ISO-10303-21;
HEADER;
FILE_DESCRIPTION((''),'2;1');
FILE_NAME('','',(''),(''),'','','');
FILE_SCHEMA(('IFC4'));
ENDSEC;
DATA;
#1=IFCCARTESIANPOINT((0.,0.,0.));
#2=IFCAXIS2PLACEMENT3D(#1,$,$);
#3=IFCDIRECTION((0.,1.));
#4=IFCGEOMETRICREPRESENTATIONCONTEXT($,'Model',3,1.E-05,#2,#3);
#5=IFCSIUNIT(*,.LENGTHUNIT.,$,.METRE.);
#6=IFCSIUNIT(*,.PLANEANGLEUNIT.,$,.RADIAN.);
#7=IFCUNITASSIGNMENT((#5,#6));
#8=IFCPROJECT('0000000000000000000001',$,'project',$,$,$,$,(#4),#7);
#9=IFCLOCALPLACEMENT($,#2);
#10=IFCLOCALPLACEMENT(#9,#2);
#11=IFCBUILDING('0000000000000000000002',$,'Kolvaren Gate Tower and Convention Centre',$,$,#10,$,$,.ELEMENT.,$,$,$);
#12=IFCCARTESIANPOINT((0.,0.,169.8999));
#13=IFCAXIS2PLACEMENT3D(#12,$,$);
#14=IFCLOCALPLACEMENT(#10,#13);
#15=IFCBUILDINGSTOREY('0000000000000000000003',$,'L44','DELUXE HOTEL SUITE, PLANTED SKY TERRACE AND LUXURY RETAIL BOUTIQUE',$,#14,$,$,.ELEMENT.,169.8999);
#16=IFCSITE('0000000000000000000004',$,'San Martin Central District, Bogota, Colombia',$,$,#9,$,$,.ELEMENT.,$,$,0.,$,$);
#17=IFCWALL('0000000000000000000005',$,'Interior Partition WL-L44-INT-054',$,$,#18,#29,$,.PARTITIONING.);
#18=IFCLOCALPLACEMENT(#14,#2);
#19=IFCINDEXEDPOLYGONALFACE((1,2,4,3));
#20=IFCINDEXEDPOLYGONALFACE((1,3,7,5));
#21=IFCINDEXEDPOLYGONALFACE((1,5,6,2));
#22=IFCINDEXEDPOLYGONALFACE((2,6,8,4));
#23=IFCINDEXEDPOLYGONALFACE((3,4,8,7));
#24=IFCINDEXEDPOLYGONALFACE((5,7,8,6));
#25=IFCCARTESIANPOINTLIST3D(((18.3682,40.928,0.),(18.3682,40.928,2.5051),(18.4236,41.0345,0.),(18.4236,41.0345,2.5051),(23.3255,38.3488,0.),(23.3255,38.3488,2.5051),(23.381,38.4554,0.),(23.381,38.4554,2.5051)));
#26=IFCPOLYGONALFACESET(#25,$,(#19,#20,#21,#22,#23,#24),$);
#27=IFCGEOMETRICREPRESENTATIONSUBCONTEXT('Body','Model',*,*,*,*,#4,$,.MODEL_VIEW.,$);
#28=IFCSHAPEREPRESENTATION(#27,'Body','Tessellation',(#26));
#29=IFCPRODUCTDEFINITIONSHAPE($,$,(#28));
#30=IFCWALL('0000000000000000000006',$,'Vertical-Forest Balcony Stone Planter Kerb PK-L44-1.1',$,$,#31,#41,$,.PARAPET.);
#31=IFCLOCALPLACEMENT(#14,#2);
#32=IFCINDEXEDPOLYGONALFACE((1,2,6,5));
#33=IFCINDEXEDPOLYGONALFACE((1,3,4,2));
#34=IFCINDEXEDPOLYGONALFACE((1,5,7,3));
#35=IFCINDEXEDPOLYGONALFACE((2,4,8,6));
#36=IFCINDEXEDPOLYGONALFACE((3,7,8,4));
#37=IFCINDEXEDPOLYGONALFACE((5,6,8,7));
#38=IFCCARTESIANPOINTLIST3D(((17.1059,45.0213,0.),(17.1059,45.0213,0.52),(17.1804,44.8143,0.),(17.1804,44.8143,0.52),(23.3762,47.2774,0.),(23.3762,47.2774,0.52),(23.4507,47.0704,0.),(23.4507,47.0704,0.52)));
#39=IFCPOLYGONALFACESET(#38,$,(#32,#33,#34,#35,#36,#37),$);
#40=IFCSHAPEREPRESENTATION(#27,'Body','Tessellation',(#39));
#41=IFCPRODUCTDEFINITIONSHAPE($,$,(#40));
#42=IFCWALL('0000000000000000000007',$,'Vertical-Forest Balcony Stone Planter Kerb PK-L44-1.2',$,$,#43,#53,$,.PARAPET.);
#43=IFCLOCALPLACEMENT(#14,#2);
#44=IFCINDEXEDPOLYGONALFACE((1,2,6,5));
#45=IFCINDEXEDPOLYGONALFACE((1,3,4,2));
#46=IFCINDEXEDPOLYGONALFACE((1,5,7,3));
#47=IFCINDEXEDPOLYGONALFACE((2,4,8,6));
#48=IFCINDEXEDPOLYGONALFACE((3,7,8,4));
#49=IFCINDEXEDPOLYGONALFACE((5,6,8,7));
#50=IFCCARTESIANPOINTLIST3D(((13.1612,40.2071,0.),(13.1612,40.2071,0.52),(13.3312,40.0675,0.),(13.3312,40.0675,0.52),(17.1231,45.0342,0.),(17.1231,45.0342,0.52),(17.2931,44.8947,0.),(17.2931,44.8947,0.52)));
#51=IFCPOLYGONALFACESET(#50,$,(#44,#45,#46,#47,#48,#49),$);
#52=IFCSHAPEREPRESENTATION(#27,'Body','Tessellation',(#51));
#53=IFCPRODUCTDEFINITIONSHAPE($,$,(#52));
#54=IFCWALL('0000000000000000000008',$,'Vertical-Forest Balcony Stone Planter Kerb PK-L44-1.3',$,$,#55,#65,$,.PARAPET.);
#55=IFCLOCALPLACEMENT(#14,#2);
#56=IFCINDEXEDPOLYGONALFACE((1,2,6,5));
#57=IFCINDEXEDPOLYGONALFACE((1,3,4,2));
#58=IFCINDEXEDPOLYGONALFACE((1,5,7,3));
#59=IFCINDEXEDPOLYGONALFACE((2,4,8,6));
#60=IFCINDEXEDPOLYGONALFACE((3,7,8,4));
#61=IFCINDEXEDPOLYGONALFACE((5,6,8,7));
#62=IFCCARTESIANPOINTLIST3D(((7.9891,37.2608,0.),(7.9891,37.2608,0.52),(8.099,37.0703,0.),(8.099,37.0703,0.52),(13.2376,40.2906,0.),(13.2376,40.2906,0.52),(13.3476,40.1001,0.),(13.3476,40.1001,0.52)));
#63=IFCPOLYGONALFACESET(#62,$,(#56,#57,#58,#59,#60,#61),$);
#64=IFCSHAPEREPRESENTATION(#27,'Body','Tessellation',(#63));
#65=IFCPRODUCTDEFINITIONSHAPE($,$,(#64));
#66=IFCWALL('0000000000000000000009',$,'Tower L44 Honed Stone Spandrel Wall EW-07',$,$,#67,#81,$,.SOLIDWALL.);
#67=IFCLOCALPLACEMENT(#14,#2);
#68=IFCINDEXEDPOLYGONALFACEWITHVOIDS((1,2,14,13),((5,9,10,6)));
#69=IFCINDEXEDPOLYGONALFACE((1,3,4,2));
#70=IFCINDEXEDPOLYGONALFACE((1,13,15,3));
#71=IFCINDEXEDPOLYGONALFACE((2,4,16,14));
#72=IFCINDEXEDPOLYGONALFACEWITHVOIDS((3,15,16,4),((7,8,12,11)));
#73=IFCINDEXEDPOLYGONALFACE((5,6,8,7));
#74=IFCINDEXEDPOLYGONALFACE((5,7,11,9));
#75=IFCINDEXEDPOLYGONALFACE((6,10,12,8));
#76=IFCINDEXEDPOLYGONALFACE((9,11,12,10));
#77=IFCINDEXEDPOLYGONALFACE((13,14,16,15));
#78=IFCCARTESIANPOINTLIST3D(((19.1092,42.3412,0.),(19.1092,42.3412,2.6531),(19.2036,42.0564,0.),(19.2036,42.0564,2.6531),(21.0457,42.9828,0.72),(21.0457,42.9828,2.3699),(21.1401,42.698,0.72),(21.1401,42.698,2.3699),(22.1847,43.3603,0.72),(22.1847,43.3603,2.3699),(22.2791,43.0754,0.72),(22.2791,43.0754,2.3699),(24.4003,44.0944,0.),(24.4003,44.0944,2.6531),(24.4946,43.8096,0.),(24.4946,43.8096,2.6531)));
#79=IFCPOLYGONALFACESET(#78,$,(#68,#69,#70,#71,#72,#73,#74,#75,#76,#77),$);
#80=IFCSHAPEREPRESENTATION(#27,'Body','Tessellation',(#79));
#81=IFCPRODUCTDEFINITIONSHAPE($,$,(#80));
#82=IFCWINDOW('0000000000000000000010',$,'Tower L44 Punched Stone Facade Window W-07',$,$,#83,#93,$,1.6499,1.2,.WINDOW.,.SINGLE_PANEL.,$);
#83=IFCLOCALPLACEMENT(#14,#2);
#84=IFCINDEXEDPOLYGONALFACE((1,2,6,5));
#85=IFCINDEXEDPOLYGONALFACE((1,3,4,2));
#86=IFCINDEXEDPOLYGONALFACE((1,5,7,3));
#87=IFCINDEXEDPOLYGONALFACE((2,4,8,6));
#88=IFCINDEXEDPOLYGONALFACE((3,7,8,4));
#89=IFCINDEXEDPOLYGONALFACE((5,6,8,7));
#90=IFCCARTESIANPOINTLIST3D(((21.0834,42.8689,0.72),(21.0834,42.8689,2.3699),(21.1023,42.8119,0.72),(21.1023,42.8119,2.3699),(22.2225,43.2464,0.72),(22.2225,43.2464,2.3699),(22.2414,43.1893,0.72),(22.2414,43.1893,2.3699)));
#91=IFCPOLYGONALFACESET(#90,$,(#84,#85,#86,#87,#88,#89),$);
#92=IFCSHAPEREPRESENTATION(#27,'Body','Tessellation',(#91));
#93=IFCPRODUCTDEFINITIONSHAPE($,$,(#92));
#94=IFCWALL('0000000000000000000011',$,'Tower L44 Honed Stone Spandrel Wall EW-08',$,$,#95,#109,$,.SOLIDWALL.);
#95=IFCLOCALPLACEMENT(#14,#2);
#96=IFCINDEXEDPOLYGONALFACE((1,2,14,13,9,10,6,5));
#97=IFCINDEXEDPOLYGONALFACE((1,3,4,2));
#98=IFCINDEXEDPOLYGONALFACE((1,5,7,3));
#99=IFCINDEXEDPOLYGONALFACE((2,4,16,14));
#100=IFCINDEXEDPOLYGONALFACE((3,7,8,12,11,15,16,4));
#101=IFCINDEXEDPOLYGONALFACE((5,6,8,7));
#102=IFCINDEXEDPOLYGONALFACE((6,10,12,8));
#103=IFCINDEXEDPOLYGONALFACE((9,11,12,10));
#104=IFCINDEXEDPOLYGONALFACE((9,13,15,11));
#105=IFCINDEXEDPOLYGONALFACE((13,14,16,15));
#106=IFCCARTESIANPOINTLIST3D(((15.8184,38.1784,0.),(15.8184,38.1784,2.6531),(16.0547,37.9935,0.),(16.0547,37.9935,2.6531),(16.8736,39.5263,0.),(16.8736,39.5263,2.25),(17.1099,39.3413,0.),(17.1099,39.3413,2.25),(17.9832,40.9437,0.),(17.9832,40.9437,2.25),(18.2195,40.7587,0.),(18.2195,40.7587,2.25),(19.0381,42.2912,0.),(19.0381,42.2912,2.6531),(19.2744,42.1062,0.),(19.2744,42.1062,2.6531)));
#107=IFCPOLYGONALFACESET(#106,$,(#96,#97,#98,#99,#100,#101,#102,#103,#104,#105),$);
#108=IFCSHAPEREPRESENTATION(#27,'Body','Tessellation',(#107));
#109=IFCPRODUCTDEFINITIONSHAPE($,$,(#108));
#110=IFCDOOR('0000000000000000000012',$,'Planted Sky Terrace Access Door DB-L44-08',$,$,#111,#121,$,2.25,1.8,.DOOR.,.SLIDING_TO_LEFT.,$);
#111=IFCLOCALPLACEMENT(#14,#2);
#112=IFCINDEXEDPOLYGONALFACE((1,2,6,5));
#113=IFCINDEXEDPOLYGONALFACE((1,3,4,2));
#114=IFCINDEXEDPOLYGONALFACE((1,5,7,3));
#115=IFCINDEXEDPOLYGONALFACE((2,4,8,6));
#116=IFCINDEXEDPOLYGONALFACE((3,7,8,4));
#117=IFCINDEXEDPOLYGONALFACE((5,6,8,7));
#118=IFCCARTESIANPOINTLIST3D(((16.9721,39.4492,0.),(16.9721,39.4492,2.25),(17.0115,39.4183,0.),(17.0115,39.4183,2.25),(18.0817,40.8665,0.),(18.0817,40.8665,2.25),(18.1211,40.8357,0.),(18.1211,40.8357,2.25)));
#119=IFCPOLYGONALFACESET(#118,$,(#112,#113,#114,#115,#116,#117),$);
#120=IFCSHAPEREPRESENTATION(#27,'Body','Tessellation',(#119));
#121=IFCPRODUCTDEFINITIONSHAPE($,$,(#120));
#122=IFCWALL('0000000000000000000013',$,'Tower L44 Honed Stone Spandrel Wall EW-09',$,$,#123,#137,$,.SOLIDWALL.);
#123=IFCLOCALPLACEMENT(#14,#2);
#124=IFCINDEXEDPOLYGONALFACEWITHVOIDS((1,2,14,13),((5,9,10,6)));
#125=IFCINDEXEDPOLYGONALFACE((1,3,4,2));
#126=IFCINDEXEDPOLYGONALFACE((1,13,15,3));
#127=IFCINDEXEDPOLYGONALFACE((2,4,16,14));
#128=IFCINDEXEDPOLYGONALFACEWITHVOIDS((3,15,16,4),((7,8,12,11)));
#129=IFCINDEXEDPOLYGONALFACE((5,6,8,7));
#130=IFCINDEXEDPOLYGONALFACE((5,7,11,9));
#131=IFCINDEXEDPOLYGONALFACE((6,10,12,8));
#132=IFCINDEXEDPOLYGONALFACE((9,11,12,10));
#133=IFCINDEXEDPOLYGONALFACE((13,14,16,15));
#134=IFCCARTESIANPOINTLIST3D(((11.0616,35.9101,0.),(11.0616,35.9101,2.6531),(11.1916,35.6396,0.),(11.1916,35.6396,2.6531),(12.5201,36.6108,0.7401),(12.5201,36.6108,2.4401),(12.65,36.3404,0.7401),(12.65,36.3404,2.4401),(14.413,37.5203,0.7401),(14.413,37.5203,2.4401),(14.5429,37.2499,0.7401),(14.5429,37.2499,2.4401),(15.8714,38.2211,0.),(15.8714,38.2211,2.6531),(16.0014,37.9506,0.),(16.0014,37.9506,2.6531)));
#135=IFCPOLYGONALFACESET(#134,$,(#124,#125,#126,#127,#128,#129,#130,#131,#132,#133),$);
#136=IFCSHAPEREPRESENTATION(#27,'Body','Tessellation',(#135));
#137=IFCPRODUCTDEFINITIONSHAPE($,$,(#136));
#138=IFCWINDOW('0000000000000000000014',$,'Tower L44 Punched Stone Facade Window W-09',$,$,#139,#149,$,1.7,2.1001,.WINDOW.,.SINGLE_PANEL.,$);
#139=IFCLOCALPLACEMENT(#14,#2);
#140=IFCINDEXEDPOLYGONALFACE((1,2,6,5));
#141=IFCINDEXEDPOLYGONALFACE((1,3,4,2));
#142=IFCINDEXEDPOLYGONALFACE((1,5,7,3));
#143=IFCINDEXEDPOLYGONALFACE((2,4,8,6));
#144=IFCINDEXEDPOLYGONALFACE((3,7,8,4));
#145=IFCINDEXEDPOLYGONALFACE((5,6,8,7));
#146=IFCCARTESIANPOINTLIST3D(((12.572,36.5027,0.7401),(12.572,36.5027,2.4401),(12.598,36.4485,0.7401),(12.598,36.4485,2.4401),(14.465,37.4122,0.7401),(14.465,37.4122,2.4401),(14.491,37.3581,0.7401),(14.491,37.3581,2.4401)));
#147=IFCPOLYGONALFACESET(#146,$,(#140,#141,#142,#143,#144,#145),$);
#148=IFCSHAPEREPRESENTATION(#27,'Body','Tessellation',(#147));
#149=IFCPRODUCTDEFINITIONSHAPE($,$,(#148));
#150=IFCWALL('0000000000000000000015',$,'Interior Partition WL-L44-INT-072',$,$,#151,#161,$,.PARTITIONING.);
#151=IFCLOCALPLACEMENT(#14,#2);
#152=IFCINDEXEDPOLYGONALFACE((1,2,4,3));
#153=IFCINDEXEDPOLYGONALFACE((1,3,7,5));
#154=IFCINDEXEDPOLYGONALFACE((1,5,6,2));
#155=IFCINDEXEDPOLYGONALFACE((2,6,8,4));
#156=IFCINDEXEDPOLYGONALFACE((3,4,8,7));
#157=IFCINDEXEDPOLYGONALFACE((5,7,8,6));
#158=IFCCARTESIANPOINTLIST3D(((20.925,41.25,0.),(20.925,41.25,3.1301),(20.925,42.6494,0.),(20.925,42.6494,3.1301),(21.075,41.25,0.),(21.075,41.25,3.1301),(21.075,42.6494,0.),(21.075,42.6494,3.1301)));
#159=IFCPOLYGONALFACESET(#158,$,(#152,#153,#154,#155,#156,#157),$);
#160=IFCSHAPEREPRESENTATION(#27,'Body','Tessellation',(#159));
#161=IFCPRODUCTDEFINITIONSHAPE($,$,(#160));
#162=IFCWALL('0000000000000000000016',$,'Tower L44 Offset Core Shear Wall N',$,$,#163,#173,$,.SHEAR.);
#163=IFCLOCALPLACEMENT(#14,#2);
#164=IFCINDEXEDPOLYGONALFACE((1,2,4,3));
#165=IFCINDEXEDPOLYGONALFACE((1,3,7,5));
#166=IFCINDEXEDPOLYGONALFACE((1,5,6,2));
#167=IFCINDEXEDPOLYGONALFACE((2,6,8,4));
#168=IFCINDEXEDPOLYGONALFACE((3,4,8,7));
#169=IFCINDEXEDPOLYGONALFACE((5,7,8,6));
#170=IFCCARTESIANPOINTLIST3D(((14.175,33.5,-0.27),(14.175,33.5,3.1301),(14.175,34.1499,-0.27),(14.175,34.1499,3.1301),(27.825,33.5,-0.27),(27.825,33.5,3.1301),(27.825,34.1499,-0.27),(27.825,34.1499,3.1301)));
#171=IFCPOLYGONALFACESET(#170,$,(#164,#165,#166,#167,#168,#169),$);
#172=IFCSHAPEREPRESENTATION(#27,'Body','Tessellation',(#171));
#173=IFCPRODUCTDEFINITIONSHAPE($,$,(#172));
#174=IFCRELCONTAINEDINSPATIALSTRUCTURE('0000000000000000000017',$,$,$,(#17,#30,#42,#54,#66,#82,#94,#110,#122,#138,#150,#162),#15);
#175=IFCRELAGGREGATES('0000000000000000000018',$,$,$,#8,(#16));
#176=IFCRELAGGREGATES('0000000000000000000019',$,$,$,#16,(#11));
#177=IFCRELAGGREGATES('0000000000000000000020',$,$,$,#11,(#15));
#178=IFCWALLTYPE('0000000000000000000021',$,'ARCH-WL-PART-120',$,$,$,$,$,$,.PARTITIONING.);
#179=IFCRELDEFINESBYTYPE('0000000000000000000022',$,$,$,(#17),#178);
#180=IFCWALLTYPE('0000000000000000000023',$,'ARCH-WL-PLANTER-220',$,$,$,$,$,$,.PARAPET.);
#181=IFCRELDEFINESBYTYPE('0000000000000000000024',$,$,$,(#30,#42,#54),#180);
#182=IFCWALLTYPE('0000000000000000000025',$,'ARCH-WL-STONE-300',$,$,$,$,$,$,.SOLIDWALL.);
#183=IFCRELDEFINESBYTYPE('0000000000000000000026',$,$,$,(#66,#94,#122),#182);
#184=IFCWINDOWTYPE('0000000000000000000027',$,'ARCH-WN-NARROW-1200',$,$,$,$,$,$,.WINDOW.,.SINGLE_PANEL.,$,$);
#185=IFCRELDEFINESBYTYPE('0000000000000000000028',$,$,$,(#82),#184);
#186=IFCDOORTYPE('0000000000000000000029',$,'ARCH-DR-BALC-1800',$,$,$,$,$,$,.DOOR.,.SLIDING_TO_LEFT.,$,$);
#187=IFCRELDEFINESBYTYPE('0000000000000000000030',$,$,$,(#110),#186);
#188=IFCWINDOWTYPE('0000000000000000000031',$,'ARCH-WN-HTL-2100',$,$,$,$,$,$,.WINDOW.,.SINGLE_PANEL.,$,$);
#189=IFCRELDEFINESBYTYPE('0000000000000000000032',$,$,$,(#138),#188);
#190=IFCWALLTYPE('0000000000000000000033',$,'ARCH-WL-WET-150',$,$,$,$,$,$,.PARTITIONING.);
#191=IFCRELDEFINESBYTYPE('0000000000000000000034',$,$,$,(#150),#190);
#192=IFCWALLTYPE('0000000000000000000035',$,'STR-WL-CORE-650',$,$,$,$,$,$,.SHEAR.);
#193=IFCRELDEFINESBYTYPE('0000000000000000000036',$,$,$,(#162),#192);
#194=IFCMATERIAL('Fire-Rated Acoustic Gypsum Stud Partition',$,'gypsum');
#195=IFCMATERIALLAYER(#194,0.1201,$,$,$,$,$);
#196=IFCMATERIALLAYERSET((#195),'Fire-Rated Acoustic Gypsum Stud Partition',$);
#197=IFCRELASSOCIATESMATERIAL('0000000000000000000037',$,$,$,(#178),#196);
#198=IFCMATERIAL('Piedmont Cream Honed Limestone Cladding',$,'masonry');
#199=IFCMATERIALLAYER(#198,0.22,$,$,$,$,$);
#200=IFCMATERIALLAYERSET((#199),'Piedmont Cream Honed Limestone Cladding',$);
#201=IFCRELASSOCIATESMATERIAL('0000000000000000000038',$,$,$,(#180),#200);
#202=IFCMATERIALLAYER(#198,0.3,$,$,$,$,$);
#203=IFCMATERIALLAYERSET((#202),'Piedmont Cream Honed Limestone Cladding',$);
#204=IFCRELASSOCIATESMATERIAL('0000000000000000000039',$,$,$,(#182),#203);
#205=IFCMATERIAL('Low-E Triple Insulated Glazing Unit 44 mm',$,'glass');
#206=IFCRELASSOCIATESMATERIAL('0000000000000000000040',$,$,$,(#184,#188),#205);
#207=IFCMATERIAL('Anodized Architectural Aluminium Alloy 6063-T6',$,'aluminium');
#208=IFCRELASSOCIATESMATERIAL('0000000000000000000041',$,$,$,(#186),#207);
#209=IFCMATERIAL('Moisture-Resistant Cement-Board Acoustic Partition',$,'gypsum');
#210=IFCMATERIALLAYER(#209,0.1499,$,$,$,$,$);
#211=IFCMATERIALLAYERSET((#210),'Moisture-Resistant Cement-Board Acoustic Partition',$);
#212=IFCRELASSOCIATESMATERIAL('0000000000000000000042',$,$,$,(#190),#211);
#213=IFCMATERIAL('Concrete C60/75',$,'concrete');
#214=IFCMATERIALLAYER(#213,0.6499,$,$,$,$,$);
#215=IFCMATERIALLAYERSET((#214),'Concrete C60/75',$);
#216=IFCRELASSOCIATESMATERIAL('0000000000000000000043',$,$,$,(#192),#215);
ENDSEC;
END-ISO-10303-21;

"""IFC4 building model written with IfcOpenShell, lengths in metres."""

from ifc_helpers import new_model, si_unit, direction, frame, frame_2d, origin, place, context, subcontext, project, spatial, rectangle, extrude, material, layer, layer_set, type_object, element, fill, save


model = new_model("IFC4")

# Units and contexts
model_context = context("Model", 3, precision=1e-05, world=origin(), true_north=direction((0.0, 1.0)))
body_context = subcontext(model_context, "Body", "Model", "MODEL_VIEW")
ifc_project = project(units=[si_unit("LENGTHUNIT", "METRE"), si_unit("PLANEANGLEUNIT", "RADIAN")], contexts=[model_context])

# Site, building, storey
site_placement = place(None, origin())
site = spatial("IfcSite", under=ifc_project, at=site_placement, Name="San Martin Central District, Bogota, Colombia", CompositionType="ELEMENT", RefElevation=0.0)
building_placement = place(site_placement, origin())
building = spatial("IfcBuilding", under=site, at=building_placement, Name="Kolvaren Gate Tower and Convention Centre", CompositionType="ELEMENT")
storey_placement = place(building_placement, frame((0.0, 0.0, 169.8999)))
storey = spatial("IfcBuildingStorey", under=building, at=storey_placement, Name="L44", Description="DELUXE HOTEL SUITE, PLANTED SKY TERRACE AND LUXURY RETAIL BOUTIQUE", CompositionType="ELEMENT", Elevation=169.8999)

# Shared definitions
ifc_material_1 = material(Name="Concrete C60/75", Category="concrete")

# Walls
ifc_material_2 = material(Name="Fire-Rated Acoustic Gypsum Stud Partition", Category="gypsum")
ifc_layer_1 = layer(ifc_material_2, 0.1201)
ifc_layer_set_1 = layer_set([ifc_layer_1], Name="Fire-Rated Acoustic Gypsum Stud Partition")
wall_type_1 = type_object("IfcWallType", Name="ARCH-WL-PART-120", PredefinedType="PARTITIONING", material=ifc_layer_set_1)
wall_1_placement = place(storey_placement, frame((18.396, 40.9812, 0.0), z_axis=(0.0, 0.0, 1.0), x_axis=(0.88712, -0.461538, 0.0)))
element("IfcWall", 1, at=wall_1_placement, inside=storey, type_object=wall_type_1, Name="Interior Partition WL-L44-INT-054", PredefinedType="PARTITIONING", context=body_context, shape_type="SweptSolid", body=[
    extrude(rectangle(XDim=5.5881, YDim=0.1201, at=frame_2d((2.7939, 0.0))), origin(), (0.0, 0.0, 1.0), 2.5051),
])
ifc_material_3 = material(Name="Piedmont Cream Honed Limestone Cladding", Category="masonry")
ifc_layer_2 = layer(ifc_material_3, 0.22)
ifc_layer_set_2 = layer_set([ifc_layer_2], Name="Piedmont Cream Honed Limestone Cladding")
wall_type_2 = type_object("IfcWallType", Name="ARCH-WL-PLANTER-220", PredefinedType="PARAPET", material=ifc_layer_set_2)
wall_2_placement = place(storey_placement, frame((17.1431, 44.9177, 0.0), z_axis=(0.0, 0.0, 1.0), x_axis=(0.940944, 0.338561, 0.0)))
element("IfcWall", 2, at=wall_2_placement, inside=storey, type_object=wall_type_2, Name="Vertical-Forest Balcony Stone Planter Kerb PK-L44-1.1", PredefinedType="PARAPET", context=body_context, shape_type="SweptSolid", body=[
    extrude(rectangle(XDim=6.6638, YDim=0.22, at=frame_2d((3.332, 0.0))), origin(), (0.0, 0.0, 1.0), 0.52),
])
wall_3_placement = place(storey_placement, frame((13.2461, 40.1372, 0.0), z_axis=(0.0, 0.0, 1.0), x_axis=(0.634429, 0.772981, 0.0)))
element("IfcWall", 3, at=wall_3_placement, inside=storey, type_object=wall_type_2, Name="Vertical-Forest Balcony Stone Planter Kerb PK-L44-1.2", PredefinedType="PARAPET", context=body_context, shape_type="SweptSolid", body=[
    extrude(rectangle(XDim=6.2449, YDim=0.22, at=frame_2d((3.1226, 0.0))), origin(), (0.0, 0.0, 1.0), 0.52),
])
wall_4_placement = place(storey_placement, frame((8.0439, 37.1655, 0.0), z_axis=(0.0, 0.0, 1.0), x_axis=(0.866058, 0.499943, 0.0)))
element("IfcWall", 4, at=wall_4_placement, inside=storey, type_object=wall_type_2, Name="Vertical-Forest Balcony Stone Planter Kerb PK-L44-1.3", PredefinedType="PARAPET", context=body_context, shape_type="SweptSolid", body=[
    extrude(rectangle(XDim=6.0603, YDim=0.22, at=frame_2d((3.0303, 0.0))), origin(), (0.0, 0.0, 1.0), 0.52),
])

# Wall, opening, window
ifc_layer_3 = layer(ifc_material_3, 0.3)
ifc_layer_set_3 = layer_set([ifc_layer_3], Name="Piedmont Cream Honed Limestone Cladding")
wall_type_3 = type_object("IfcWallType", Name="ARCH-WL-STONE-300", PredefinedType="SOLIDWALL", material=ifc_layer_set_3)
wall_5_placement = place(storey_placement, frame((19.1562, 42.1987, 0.0), z_axis=(0.0, 0.0, 1.0), x_axis=(0.949247, 0.314532, 0.0)))
wall_5 = element("IfcWall", 5, at=wall_5_placement, inside=storey, type_object=wall_type_3, Name="Tower L44 Honed Stone Spandrel Wall EW-07", PredefinedType="SOLIDWALL", context=body_context, shape_type="SweptSolid", body=[
    extrude(rectangle(XDim=5.574, YDim=0.3, at=frame_2d((2.7871, 0.0))), origin(), (0.0, 0.0, 1.0), 2.6531),
])
opening_1_placement = place(wall_5_placement, frame((2.04, 0.0, 0.72)))
opening_1 = element("IfcOpeningElement", 6, at=opening_1_placement, cuts=wall_5, PredefinedType="OPENING", context=body_context, shape_type="SweptSolid", body=[
    extrude(rectangle(XDim=1.2, YDim=1.6499, at=frame_2d((0.6001, 0.825))), frame((0.0, 0.1599, 0.0), z_axis=(0.0, -1.0, 0.0), x_axis=(1.0, 0.0, 0.0)), (0.0, 0.0, 1.0), 0.3201),
])
ifc_material_4 = material(Name="Low-E Triple Insulated Glazing Unit 44 mm", Category="glass")
window_type_1 = type_object("IfcWindowType", Name="ARCH-WN-NARROW-1200", PartitioningType="SINGLE_PANEL", PredefinedType="WINDOW", material=ifc_material_4)
window_1_placement = place(opening_1_placement, origin())
window_1 = element("IfcWindow", 7, at=window_1_placement, inside=storey, type_object=window_type_1, Name="Tower L44 Punched Stone Facade Window W-07", OverallHeight=1.6499, OverallWidth=1.2, PartitioningType="SINGLE_PANEL", PredefinedType="WINDOW", context=body_context, shape_type="SweptSolid", body=[
    extrude(rectangle(XDim=1.2, YDim=1.6499, at=frame_2d((0.6001, 0.825))), frame((0.0, 0.03, 0.0), z_axis=(0.0, -1.0, 0.0), x_axis=(1.0, 0.0, 0.0)), (0.0, 0.0, 1.0), 0.0601),
])
fill(opening_1, window_1)

# Wall, opening, door
wall_6_placement = place(storey_placement, frame((15.9365, 38.0859, 0.0), z_axis=(0.0, 0.0, 1.0), x_axis=(0.616429, 0.78741, 0.0)))
wall_6 = element("IfcWall", 8, at=wall_6_placement, inside=storey, type_object=wall_type_3, Name="Tower L44 Honed Stone Spandrel Wall EW-08", PredefinedType="SOLIDWALL", context=body_context, shape_type="SweptSolid", body=[
    extrude(rectangle(XDim=5.2231, YDim=0.3, at=frame_2d((2.6116, 0.0))), origin(), (0.0, 0.0, 1.0), 2.6531),
])
opening_2_placement = place(wall_6_placement, frame((1.7119, 0.0, 0.0)))
opening_2 = element("IfcOpeningElement", 9, at=opening_2_placement, cuts=wall_6, PredefinedType="OPENING", context=body_context, shape_type="SweptSolid", body=[
    extrude(rectangle(XDim=1.8, YDim=2.25, at=frame_2d((0.8999, 1.125))), frame((0.0, 0.1599, 0.0), z_axis=(0.0, -1.0, 0.0), x_axis=(1.0, 0.0, 0.0)), (0.0, 0.0, 1.0), 0.3201),
])
ifc_material_5 = material(Name="Anodized Architectural Aluminium Alloy 6063-T6", Category="aluminium")
door_type = type_object("IfcDoorType", Name="ARCH-DR-BALC-1800", OperationType="SLIDING_TO_LEFT", PredefinedType="DOOR", material=ifc_material_5)
door_placement = place(opening_2_placement, origin())
door = element("IfcDoor", 10, at=door_placement, inside=storey, type_object=door_type, Name="Planted Sky Terrace Access Door DB-L44-08", OperationType="SLIDING_TO_LEFT", OverallHeight=2.25, OverallWidth=1.8, PredefinedType="DOOR", context=body_context, shape_type="SweptSolid", body=[
    extrude(rectangle(XDim=1.8, YDim=2.25, at=frame_2d((0.8999, 1.125))), frame((0.0, 0.0249, 0.0), z_axis=(0.0, -1.0, 0.0), x_axis=(1.0, 0.0, 0.0)), (0.0, 0.0, 1.0), 0.05),
])
fill(opening_2, door)

# Wall, opening, window
wall_7_placement = place(storey_placement, frame((11.1267, 35.7749, 0.0), z_axis=(0.0, 0.0, 1.0), x_axis=(0.901353, 0.433085, 0.0)))
wall_7 = element("IfcWall", 11, at=wall_7_placement, inside=storey, type_object=wall_type_3, Name="Tower L44 Honed Stone Spandrel Wall EW-09", PredefinedType="SOLIDWALL", context=body_context, shape_type="SweptSolid", body=[
    extrude(rectangle(XDim=5.3362, YDim=0.3, at=frame_2d((2.668, 0.0))), origin(), (0.0, 0.0, 1.0), 2.6531),
])
opening_3_placement = place(wall_7_placement, frame((1.6179, 0.0, 0.74)))
opening_3 = element("IfcOpeningElement", 12, at=opening_3_placement, cuts=wall_7, PredefinedType="OPENING", context=body_context, shape_type="SweptSolid", body=[
    extrude(rectangle(XDim=2.1001, YDim=1.7, at=frame_2d((1.05, 0.8501))), frame((0.0, 0.1599, 0.0), z_axis=(0.0, -1.0, 0.0), x_axis=(1.0, 0.0, 0.0)), (0.0, 0.0, 1.0), 0.3201),
])
window_type_2 = type_object("IfcWindowType", Name="ARCH-WN-HTL-2100", PartitioningType="SINGLE_PANEL", PredefinedType="WINDOW", material=ifc_material_4)
window_2_placement = place(opening_3_placement, origin())
window_2 = element("IfcWindow", 13, at=window_2_placement, inside=storey, type_object=window_type_2, Name="Tower L44 Punched Stone Facade Window W-09", OverallHeight=1.7, OverallWidth=2.1001, PartitioningType="SINGLE_PANEL", PredefinedType="WINDOW", context=body_context, shape_type="SweptSolid", body=[
    extrude(rectangle(XDim=2.1001, YDim=1.7, at=frame_2d((1.05, 0.8501))), frame((0.0, 0.03, 0.0), z_axis=(0.0, -1.0, 0.0), x_axis=(1.0, 0.0, 0.0)), (0.0, 0.0, 1.0), 0.0601),
])
fill(opening_3, window_2)

# Walls
ifc_material_6 = material(Name="Moisture-Resistant Cement-Board Acoustic Partition", Category="gypsum")
ifc_layer_4 = layer(ifc_material_6, 0.1499)
ifc_layer_set_4 = layer_set([ifc_layer_4], Name="Moisture-Resistant Cement-Board Acoustic Partition")
wall_type_4 = type_object("IfcWallType", Name="ARCH-WL-WET-150", PredefinedType="PARTITIONING", material=ifc_layer_set_4)
wall_8_placement = place(storey_placement, frame((21.0, 41.25, 0.0), z_axis=(0.0, 0.0, 1.0), x_axis=(0.0, 1.0, 0.0)))
element("IfcWall", 14, at=wall_8_placement, inside=storey, type_object=wall_type_4, Name="Interior Partition WL-L44-INT-072", PredefinedType="PARTITIONING", context=body_context, shape_type="SweptSolid", body=[
    extrude(rectangle(XDim=1.3994, YDim=0.1499, at=frame_2d((0.6997, 0.0))), origin(), (0.0, 0.0, 1.0), 3.1301),
])
ifc_layer_5 = layer(ifc_material_1, 0.6499)
ifc_layer_set_5 = layer_set([ifc_layer_5], Name="Concrete C60/75")
wall_type_5 = type_object("IfcWallType", Name="STR-WL-CORE-650", PredefinedType="SHEAR", material=ifc_layer_set_5)
wall_9_placement = place(storey_placement, frame((14.175, 33.825, -0.27), z_axis=(0.0, 0.0, 1.0), x_axis=(1.0, 0.0, 0.0)))
element("IfcWall", 15, at=wall_9_placement, inside=storey, type_object=wall_type_5, Name="Tower L44 Offset Core Shear Wall N", PredefinedType="SHEAR", context=body_context, shape_type="SweptSolid", body=[
    extrude(rectangle(XDim=13.6499, YDim=0.6499, at=frame_2d((6.825, 0.0))), origin(), (0.0, 0.0, 1.0), 3.4001),
])

save(model, "model.ifc")
